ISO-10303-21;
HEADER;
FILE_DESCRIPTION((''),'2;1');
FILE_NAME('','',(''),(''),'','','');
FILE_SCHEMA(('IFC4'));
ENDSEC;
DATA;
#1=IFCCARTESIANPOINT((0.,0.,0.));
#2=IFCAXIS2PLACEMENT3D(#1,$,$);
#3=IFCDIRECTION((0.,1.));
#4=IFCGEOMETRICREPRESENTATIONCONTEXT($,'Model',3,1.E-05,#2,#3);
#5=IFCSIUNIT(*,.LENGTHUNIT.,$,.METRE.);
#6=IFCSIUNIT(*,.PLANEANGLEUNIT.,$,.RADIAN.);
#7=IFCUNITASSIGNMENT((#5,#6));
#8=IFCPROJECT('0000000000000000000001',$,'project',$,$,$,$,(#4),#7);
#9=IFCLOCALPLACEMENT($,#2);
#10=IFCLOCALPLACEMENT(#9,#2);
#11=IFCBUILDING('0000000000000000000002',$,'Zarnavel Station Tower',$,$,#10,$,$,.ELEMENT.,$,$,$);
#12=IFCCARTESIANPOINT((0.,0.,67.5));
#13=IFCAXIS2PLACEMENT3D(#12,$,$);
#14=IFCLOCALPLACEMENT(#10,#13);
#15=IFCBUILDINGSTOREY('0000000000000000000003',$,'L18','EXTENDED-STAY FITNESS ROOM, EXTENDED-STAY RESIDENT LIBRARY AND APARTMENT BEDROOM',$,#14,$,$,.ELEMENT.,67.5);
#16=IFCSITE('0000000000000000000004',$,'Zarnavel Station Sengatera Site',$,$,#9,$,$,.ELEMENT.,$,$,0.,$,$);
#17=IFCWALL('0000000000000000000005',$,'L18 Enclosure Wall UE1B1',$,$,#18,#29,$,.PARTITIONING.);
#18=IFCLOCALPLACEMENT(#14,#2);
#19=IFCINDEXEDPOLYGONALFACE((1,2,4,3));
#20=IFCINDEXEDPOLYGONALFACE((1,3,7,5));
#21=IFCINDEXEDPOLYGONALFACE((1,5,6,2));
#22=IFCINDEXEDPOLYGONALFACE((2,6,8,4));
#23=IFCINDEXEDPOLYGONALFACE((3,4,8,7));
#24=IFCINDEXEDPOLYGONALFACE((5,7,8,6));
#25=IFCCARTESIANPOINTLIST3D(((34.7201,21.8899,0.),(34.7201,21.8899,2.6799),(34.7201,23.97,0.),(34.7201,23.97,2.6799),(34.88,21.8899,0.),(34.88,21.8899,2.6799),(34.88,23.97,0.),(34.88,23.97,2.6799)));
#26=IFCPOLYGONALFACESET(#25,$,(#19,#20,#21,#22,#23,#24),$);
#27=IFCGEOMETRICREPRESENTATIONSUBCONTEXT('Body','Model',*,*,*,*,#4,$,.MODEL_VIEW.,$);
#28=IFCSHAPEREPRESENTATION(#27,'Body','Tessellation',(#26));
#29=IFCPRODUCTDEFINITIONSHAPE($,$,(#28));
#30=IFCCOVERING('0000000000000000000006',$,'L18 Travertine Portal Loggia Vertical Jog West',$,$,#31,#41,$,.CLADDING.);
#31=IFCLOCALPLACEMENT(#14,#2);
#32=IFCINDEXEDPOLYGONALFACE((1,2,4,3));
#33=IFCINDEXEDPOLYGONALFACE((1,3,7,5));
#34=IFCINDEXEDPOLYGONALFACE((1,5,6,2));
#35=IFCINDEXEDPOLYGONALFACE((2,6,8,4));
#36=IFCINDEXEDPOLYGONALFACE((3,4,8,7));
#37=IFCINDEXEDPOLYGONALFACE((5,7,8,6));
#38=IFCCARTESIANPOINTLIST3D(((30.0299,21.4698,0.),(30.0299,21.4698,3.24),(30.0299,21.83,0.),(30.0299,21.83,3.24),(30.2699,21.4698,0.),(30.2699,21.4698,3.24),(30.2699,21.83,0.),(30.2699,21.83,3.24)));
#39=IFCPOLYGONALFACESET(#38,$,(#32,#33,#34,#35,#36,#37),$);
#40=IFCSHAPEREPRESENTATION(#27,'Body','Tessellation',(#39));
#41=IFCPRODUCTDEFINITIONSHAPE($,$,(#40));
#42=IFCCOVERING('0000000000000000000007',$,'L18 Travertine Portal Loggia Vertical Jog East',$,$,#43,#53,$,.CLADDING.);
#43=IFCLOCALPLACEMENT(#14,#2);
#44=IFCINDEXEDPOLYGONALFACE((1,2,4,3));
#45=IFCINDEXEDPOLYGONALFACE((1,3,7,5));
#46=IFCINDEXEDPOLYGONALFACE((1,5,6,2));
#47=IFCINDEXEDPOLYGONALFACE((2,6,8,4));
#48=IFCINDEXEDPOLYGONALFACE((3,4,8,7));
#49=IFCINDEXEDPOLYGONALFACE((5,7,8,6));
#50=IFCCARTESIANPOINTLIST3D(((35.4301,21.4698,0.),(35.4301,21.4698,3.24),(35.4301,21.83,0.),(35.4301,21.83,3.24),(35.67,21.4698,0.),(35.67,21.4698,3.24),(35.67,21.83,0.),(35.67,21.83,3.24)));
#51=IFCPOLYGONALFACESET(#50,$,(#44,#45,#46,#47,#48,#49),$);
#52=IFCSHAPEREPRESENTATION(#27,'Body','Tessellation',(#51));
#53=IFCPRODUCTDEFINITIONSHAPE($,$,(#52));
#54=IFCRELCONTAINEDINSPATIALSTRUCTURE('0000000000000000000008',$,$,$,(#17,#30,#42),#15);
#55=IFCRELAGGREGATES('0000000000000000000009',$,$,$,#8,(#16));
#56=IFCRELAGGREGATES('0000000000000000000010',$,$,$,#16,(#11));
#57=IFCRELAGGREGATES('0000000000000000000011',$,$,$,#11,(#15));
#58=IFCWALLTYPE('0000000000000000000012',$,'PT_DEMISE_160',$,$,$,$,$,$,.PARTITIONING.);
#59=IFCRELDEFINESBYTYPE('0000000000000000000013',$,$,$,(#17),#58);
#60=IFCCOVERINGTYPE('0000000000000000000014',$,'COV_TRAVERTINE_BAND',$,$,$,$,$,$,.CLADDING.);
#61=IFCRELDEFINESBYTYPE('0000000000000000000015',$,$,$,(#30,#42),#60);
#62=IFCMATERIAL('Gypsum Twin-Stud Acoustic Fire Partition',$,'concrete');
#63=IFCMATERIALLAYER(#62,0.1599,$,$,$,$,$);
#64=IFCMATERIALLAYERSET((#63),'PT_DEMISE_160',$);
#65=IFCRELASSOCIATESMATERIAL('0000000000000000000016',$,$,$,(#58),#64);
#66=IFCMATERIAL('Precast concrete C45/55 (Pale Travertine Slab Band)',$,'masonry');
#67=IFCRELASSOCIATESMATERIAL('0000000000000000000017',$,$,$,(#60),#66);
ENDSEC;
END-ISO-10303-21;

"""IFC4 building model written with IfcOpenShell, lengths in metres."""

from ifc_helpers import new_model, si_unit, direction, frame, frame_2d, origin, origin_2d, place, context, subcontext, project, spatial, rectangle, extrude, material, layer, layer_set, type_object, element, save


model = new_model("IFC4")

# Units and contexts
model_context = context("Model", 3, precision=1e-05, world=origin(), true_north=direction((0.0, 1.0)))
body_context = subcontext(model_context, "Body", "Model", "MODEL_VIEW")
ifc_project = project(units=[si_unit("LENGTHUNIT", "METRE"), si_unit("PLANEANGLEUNIT", "RADIAN")], contexts=[model_context])

# Site, building, storey
site_placement = place(None, origin())
site = spatial("IfcSite", under=ifc_project, at=site_placement, Name="Zarnavel Station Sengatera Site", CompositionType="ELEMENT", RefElevation=0.0)
building_placement = place(site_placement, origin())
building = spatial("IfcBuilding", under=site, at=building_placement, Name="Zarnavel Station Tower", CompositionType="ELEMENT")
storey_placement = place(building_placement, frame((0.0, 0.0, 67.5)))
storey = spatial("IfcBuildingStorey", under=building, at=storey_placement, Name="L18", Description="EXTENDED-STAY FITNESS ROOM, EXTENDED-STAY RESIDENT LIBRARY AND APARTMENT BEDROOM", CompositionType="ELEMENT", Elevation=67.5)

# Wall
ifc_material_1 = material(Name="Gypsum Twin-Stud Acoustic Fire Partition", Category="concrete")
ifc_layer_1 = layer(ifc_material_1, 0.1599)
ifc_layer_set_1 = layer_set([ifc_layer_1], Name="PT_DEMISE_160")
wall_type = type_object("IfcWallType", Name="PT_DEMISE_160", PredefinedType="PARTITIONING", material=ifc_layer_set_1)
wall_placement = place(storey_placement, frame((34.8, 21.8899, 0.0), z_axis=(0.0, 0.0, 1.0), x_axis=(0.0, 1.0, 0.0)))
element("IfcWall", 1, at=wall_placement, inside=storey, type_object=wall_type, Name="L18 Enclosure Wall UE1B1", PredefinedType="PARTITIONING", context=body_context, shape_type="SweptSolid", body=[
    extrude(rectangle(XDim=2.0801, YDim=0.1599, at=frame_2d((1.04, 0.0))), origin(), (0.0, 0.0, 1.0), 2.6799),
])

# Coverings
ifc_material_2 = material(Name="Precast concrete C45/55 (Pale Travertine Slab Band)", Category="masonry")
covering_type = type_object("IfcCoveringType", Name="COV_TRAVERTINE_BAND", PredefinedType="CLADDING", material=ifc_material_2)
for number, where, z_axis, x_axis, name in (
    (2, (30.1499, 21.6499, 0.0), (0.0, 0.0, 1.0), (1.0, 0.0, 0.0), "L18 Travertine Portal Loggia Vertical Jog West"),
    (3, (35.55, 21.6499, 0.0), (0.0, 0.0, 1.0), (1.0, 0.0, 0.0), "L18 Travertine Portal Loggia Vertical Jog East"),
):
    element("IfcCovering", number, at=place(storey_placement, frame(where, z_axis=z_axis, x_axis=x_axis)), inside=storey, type_object=covering_type, Name=name, PredefinedType="CLADDING", context=body_context, shape_type="SweptSolid", body=[
        extrude(rectangle(XDim=0.24, YDim=0.3601, at=origin_2d()), origin(), (0.0, 0.0, 1.0), 3.24),
    ])

save(model, "model.ifc")
